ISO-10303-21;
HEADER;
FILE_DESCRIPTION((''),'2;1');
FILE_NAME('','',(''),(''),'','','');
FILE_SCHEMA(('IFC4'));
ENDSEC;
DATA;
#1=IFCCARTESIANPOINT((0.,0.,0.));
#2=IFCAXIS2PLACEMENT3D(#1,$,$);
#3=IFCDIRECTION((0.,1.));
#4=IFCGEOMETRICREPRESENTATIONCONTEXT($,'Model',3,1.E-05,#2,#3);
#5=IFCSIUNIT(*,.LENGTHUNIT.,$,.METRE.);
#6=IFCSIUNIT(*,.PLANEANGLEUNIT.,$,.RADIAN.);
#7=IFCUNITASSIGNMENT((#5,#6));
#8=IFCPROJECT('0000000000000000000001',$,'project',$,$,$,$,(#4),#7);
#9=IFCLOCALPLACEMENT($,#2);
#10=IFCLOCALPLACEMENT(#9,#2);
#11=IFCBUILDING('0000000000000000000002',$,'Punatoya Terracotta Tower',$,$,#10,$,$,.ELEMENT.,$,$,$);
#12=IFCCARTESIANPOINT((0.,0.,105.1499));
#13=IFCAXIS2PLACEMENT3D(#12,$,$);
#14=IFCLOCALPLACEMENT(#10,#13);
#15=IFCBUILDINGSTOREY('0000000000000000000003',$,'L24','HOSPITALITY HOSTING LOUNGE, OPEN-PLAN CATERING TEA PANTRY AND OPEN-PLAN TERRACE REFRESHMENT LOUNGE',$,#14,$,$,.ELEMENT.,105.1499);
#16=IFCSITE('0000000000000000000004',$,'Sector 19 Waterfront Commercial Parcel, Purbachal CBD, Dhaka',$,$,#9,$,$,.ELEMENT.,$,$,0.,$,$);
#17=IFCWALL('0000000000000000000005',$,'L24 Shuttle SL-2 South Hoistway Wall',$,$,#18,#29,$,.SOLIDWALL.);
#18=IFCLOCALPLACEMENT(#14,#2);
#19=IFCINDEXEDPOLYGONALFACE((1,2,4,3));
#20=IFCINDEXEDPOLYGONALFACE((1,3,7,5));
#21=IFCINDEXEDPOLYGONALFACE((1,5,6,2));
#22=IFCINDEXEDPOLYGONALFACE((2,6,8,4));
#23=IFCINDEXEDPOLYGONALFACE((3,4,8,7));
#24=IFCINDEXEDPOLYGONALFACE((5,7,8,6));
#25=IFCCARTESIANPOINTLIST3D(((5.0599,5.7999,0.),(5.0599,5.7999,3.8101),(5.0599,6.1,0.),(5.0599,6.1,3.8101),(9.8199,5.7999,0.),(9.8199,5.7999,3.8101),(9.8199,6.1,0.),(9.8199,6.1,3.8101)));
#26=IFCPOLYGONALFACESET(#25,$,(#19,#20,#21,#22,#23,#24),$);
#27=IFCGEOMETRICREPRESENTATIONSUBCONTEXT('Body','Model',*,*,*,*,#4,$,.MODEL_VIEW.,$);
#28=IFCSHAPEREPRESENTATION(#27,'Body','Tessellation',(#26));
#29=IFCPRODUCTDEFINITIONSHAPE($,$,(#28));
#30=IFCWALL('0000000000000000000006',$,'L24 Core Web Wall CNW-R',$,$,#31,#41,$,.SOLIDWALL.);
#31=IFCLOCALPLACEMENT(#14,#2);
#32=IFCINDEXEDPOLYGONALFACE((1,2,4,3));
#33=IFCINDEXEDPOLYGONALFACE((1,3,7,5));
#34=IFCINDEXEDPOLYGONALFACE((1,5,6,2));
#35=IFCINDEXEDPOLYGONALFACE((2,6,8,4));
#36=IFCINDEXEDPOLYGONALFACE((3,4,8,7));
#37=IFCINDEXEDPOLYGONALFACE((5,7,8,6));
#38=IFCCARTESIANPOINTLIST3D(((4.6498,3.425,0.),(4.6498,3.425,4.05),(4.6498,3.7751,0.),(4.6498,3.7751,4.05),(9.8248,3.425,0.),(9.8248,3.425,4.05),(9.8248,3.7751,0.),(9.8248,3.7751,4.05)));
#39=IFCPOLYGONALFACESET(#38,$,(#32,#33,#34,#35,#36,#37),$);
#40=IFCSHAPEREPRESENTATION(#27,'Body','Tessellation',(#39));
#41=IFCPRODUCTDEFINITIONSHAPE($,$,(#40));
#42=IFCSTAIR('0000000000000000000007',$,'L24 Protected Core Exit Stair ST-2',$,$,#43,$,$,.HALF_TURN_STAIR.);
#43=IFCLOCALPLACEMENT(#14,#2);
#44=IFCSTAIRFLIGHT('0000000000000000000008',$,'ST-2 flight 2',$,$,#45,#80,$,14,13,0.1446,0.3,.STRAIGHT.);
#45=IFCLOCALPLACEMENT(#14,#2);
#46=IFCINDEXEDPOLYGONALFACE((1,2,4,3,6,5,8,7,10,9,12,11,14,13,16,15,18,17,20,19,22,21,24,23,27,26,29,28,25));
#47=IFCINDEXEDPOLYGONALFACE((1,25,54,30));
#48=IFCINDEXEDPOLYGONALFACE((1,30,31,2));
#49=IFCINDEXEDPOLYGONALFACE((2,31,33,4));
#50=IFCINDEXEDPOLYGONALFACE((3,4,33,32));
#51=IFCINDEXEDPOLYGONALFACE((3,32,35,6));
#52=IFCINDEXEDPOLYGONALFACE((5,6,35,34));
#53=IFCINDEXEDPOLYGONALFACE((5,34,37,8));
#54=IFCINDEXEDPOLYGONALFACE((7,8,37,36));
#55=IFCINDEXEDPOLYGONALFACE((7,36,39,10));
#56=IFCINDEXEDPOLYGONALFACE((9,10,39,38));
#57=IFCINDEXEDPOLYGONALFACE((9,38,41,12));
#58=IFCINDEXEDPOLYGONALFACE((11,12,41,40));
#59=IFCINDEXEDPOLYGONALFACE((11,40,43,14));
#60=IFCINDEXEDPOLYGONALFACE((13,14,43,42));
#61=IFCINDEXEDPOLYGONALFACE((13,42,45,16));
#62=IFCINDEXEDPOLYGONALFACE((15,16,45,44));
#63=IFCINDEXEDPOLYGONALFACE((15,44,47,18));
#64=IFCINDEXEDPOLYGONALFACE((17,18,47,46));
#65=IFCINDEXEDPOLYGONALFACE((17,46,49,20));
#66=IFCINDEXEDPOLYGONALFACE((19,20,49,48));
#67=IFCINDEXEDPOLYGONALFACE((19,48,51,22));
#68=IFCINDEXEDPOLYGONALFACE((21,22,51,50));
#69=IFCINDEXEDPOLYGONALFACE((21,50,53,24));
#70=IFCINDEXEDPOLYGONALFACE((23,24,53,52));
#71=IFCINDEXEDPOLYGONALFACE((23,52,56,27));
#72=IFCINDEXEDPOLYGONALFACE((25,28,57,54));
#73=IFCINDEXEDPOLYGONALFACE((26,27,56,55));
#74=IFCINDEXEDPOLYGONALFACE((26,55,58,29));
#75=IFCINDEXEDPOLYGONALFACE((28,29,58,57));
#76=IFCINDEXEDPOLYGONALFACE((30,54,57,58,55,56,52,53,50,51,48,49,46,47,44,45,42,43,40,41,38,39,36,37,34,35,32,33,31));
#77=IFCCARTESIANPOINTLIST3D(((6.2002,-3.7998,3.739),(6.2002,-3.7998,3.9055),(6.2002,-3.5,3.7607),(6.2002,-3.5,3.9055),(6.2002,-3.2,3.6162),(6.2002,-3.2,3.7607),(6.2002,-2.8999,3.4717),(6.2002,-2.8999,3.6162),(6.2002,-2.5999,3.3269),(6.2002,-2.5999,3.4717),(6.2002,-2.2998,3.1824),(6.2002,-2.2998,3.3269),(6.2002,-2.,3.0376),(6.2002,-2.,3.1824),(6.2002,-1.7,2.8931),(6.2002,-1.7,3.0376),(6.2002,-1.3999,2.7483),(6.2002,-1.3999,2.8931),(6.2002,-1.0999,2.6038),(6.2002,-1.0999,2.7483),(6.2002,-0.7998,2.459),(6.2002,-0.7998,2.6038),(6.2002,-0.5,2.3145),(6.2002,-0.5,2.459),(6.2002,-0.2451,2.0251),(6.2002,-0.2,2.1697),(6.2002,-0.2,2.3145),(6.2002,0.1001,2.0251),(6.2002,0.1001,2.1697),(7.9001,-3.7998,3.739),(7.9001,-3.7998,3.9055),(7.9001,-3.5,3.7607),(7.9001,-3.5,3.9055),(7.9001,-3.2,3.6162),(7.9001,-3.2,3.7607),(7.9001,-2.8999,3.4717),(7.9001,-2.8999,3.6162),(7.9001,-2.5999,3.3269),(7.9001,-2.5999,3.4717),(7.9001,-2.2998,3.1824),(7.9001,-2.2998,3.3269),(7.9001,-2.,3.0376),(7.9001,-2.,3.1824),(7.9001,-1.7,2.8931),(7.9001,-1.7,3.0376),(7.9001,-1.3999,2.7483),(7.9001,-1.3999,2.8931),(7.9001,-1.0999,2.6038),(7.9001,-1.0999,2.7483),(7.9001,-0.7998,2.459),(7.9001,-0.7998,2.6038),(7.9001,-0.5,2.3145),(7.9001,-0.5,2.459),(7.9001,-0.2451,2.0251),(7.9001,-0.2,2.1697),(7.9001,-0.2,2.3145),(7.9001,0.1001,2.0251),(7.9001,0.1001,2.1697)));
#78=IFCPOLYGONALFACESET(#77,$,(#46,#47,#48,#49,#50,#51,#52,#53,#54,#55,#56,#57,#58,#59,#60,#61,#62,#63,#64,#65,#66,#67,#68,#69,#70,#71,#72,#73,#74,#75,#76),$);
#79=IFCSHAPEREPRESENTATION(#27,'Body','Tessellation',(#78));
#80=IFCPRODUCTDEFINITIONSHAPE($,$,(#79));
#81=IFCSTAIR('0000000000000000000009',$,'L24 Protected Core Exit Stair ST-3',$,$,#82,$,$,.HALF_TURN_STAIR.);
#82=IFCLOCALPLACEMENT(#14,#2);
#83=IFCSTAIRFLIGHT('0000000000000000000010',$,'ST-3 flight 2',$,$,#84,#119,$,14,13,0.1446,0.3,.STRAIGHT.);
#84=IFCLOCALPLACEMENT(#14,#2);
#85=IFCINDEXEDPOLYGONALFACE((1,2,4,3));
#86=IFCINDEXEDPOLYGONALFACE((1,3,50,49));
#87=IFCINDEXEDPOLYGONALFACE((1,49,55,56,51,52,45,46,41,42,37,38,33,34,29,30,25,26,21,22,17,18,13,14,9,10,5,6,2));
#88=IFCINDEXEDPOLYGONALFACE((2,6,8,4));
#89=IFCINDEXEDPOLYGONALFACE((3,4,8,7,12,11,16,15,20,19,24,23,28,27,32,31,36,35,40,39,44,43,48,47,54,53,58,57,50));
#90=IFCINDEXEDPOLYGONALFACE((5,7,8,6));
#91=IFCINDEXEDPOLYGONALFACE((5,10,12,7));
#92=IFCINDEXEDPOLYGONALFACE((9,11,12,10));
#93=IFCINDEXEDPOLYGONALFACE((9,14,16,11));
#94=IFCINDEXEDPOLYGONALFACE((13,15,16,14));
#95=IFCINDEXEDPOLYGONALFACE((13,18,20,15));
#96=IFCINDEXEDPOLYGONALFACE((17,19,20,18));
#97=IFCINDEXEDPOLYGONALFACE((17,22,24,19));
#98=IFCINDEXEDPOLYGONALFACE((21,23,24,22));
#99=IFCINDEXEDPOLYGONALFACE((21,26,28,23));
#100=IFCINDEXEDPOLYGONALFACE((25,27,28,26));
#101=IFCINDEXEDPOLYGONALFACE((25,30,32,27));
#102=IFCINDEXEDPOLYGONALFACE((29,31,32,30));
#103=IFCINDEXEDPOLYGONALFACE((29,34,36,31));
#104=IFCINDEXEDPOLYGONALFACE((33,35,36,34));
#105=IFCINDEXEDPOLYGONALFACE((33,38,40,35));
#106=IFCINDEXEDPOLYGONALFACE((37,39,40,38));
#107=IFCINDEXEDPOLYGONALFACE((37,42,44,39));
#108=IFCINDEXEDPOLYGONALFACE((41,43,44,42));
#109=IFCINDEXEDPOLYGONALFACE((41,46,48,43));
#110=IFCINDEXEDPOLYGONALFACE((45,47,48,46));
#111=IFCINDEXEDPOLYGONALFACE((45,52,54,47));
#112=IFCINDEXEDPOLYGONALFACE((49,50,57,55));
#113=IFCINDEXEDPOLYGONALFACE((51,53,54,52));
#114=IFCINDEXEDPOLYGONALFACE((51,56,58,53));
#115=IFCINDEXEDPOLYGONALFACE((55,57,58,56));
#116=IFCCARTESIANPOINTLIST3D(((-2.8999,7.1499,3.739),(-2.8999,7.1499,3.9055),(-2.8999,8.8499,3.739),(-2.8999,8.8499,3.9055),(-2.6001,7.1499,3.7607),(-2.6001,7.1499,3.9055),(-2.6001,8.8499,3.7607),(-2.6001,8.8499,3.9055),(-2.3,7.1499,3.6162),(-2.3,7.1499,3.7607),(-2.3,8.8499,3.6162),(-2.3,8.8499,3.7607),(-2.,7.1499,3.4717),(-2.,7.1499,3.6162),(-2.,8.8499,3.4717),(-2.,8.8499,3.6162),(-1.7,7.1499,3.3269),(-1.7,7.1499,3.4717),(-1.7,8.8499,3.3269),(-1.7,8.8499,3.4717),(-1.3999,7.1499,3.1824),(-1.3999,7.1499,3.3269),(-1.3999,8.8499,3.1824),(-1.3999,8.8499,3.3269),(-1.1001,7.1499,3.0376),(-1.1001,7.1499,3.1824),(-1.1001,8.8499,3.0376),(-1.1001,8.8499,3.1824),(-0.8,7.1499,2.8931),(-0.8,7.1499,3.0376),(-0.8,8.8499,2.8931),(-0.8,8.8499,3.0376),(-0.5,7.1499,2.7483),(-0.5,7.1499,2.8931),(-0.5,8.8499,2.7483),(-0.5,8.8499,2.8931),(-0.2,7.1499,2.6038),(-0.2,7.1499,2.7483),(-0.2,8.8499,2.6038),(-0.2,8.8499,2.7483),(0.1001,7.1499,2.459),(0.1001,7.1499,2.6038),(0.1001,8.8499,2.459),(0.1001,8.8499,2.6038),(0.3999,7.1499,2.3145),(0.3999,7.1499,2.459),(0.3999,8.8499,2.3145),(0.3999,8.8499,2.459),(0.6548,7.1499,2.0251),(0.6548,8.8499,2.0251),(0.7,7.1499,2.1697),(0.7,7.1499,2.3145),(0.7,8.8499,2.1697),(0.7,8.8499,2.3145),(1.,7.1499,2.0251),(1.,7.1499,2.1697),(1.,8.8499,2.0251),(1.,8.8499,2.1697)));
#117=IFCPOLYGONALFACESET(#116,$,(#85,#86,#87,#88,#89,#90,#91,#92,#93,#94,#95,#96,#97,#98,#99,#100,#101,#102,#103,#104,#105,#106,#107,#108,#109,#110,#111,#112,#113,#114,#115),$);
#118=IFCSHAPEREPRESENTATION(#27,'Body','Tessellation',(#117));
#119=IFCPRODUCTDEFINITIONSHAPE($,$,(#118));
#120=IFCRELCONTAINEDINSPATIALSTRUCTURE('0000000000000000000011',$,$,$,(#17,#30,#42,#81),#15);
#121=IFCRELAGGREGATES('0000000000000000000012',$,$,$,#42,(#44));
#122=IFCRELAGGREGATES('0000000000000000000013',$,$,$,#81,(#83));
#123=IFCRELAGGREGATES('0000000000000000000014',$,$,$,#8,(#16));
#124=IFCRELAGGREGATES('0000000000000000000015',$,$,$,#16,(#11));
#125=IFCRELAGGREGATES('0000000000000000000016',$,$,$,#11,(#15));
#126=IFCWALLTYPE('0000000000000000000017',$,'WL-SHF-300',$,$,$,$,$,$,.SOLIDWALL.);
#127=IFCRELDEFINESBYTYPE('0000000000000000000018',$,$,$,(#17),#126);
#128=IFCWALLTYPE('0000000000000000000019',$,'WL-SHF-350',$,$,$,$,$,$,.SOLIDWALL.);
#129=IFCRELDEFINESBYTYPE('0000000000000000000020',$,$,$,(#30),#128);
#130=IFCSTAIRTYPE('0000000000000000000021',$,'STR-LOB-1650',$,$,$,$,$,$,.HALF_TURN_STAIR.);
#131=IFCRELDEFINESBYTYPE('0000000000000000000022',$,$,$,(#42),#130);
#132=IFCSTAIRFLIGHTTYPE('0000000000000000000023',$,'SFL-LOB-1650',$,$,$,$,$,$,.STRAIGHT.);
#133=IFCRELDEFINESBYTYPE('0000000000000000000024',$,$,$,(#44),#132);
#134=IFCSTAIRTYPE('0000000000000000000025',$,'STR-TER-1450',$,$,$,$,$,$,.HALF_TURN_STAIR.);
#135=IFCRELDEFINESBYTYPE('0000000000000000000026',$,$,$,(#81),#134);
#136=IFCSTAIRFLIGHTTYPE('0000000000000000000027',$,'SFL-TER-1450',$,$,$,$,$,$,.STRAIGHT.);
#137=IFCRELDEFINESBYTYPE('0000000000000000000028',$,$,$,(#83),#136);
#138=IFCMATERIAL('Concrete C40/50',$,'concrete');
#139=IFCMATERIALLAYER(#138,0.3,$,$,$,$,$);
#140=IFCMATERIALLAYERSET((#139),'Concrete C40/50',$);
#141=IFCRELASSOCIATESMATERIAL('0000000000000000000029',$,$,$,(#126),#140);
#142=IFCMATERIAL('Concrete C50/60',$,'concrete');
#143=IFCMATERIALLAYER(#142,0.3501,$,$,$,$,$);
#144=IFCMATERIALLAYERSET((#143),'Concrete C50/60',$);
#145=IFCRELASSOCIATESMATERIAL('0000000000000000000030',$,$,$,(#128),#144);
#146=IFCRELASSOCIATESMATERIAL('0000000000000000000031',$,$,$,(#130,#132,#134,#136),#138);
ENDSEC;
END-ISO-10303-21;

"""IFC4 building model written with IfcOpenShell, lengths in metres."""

from ifc_helpers import new_model, si_unit, direction, frame, frame_2d, origin, place, context, subcontext, project, spatial, polyline, rectangle, outline, extrude, material, layer, layer_set, type_object, element, aggregate, save


model = new_model("IFC4")

# Units and contexts
model_context = context("Model", 3, precision=1e-05, world=origin(), true_north=direction((0.0, 1.0)))
body_context = subcontext(model_context, "Body", "Model", "MODEL_VIEW")
ifc_project = project(units=[si_unit("LENGTHUNIT", "METRE"), si_unit("PLANEANGLEUNIT", "RADIAN")], contexts=[model_context])

# Site, building, storey
site_placement = place(None, origin())
site = spatial("IfcSite", under=ifc_project, at=site_placement, Name="Sector 19 Waterfront Commercial Parcel, Purbachal CBD, Dhaka", CompositionType="ELEMENT", RefElevation=0.0)
building_placement = place(site_placement, origin())
building = spatial("IfcBuilding", under=site, at=building_placement, Name="Punatoya Terracotta Tower", CompositionType="ELEMENT")
storey_placement = place(building_placement, frame((0.0, 0.0, 105.1499)))
storey = spatial("IfcBuildingStorey", under=building, at=storey_placement, Name="L24", Description="HOSPITALITY HOSTING LOUNGE, OPEN-PLAN CATERING TEA PANTRY AND OPEN-PLAN TERRACE REFRESHMENT LOUNGE", CompositionType="ELEMENT", Elevation=105.1499)

# Walls
ifc_material_1 = material(Name="Concrete C40/50", Category="concrete")
ifc_layer_1 = layer(ifc_material_1, 0.3)
ifc_layer_set_1 = layer_set([ifc_layer_1], Name="Concrete C40/50")
wall_type_1 = type_object("IfcWallType", Name="WL-SHF-300", PredefinedType="SOLIDWALL", material=ifc_layer_set_1)
wall_1_placement = place(storey_placement, frame((5.0601, 5.95, 0.0), z_axis=(0.0, 0.0, 1.0), x_axis=(1.0, 0.0, 0.0)))
element("IfcWall", 1, at=wall_1_placement, inside=storey, type_object=wall_type_1, Name="L24 Shuttle SL-2 South Hoistway Wall", PredefinedType="SOLIDWALL", context=body_context, shape_type="SweptSolid", body=[
    extrude(rectangle(XDim=4.76, YDim=0.3, at=frame_2d((2.3799, 0.0))), origin(), (0.0, 0.0, 1.0), 3.8101),
])
ifc_material_2 = material(Name="Concrete C50/60", Category="concrete")
ifc_layer_2 = layer(ifc_material_2, 0.3501)
ifc_layer_set_2 = layer_set([ifc_layer_2], Name="Concrete C50/60")
wall_type_2 = type_object("IfcWallType", Name="WL-SHF-350", PredefinedType="SOLIDWALL", material=ifc_layer_set_2)
wall_2_placement = place(storey_placement, frame((4.6499, 3.6001, 0.0), z_axis=(0.0, 0.0, 1.0), x_axis=(1.0, 0.0, 0.0)))
element("IfcWall", 2, at=wall_2_placement, inside=storey, type_object=wall_type_2, Name="L24 Core Web Wall CNW-R", PredefinedType="SOLIDWALL", context=body_context, shape_type="SweptSolid", body=[
    extrude(rectangle(XDim=5.175, YDim=0.3501, at=frame_2d((2.5874, 0.0))), origin(), (0.0, 0.0, 1.0), 4.05),
])

# Stairs, stair flights
stair_type_1 = type_object("IfcStairType", Name="STR-LOB-1650", PredefinedType="HALF_TURN_STAIR", material=ifc_material_1)
stair_1_placement = place(storey_placement, origin())
stair_1 = element("IfcStair", 3, at=stair_1_placement, inside=storey, type_object=stair_type_1, Name="L24 Protected Core Exit Stair ST-2", PredefinedType="HALF_TURN_STAIR")
stair_flight_type_1 = type_object("IfcStairFlightType", Name="SFL-LOB-1650", PredefinedType="STRAIGHT", material=ifc_material_1)
stair_flight_1_placement = place(storey_placement, frame((7.05, 0.1001, 2.0251), z_axis=(0.0, 0.0, 1.0), x_axis=(0.0, -1.0, 0.0)))
stair_flight_1 = element("IfcStairFlight", 4, at=stair_flight_1_placement, type_object=stair_flight_type_1, Name="ST-2 flight 2", NumberOfRisers=14, NumberOfTreads=13, PredefinedType="STRAIGHT", RiserHeight=0.1446, TreadLength=0.3, context=body_context, shape_type="SweptSolid", body=[
    extrude(outline(polyline([(0.0, 0.0), (0.0, 0.1445), (0.3, 0.1445), (0.3, 0.2893), (0.6001, 0.2893), (0.6001, 0.4338), (0.8999, 0.4338), (0.8999, 0.5786), (1.2, 0.5786), (1.2, 0.7231), (1.5, 0.7231), (1.5, 0.8679), (1.8, 0.8679), (1.8, 1.0125), (2.1001, 1.0125), (2.1001, 1.1572), (2.3999, 1.1572), (2.3999, 1.3018), (2.7, 1.3018), (2.7, 1.4465), (3.0, 1.4465), (3.0, 1.5911), (3.3, 1.5911), (3.3, 1.7356), (3.6001, 1.7356), (3.6001, 1.8804), (3.8999, 1.8804), (3.8999, 2.0249), (3.8999, 1.7139), (0.3452, 0.0), (0.0, 0.0)])), frame((0.0, 0.8501, 0.0), z_axis=(0.0, -1.0, 0.0), x_axis=(1.0, 0.0, 0.0)), (0.0, 0.0, 1.0), 1.7),
])
aggregate(stair_1, [stair_flight_1])
stair_type_2 = type_object("IfcStairType", Name="STR-TER-1450", PredefinedType="HALF_TURN_STAIR", material=ifc_material_1)
stair_2_placement = place(storey_placement, origin())
stair_2 = element("IfcStair", 5, at=stair_2_placement, inside=storey, type_object=stair_type_2, Name="L24 Protected Core Exit Stair ST-3", PredefinedType="HALF_TURN_STAIR")
stair_flight_type_2 = type_object("IfcStairFlightType", Name="SFL-TER-1450", PredefinedType="STRAIGHT", material=ifc_material_1)
stair_flight_2_placement = place(storey_placement, frame((1.0, 8.0, 2.0251), z_axis=(0.0, 0.0, 1.0), x_axis=(-1.0, 0.0, 0.0)))
stair_flight_2 = element("IfcStairFlight", 6, at=stair_flight_2_placement, type_object=stair_flight_type_2, Name="ST-3 flight 2", NumberOfRisers=14, NumberOfTreads=13, PredefinedType="STRAIGHT", RiserHeight=0.1446, TreadLength=0.3, context=body_context, shape_type="SweptSolid", body=[
    extrude(outline(polyline([(0.0, 0.0), (0.0, 0.1445), (0.3, 0.1445), (0.3, 0.2893), (0.6001, 0.2893), (0.6001, 0.4338), (0.8999, 0.4338), (0.8999, 0.5786), (1.2, 0.5786), (1.2, 0.7231), (1.5, 0.7231), (1.5, 0.8679), (1.8, 0.8679), (1.8, 1.0125), (2.1001, 1.0125), (2.1001, 1.1572), (2.3999, 1.1572), (2.3999, 1.3018), (2.7, 1.3018), (2.7, 1.4465), (3.0, 1.4465), (3.0, 1.5911), (3.3, 1.5911), (3.3, 1.7356), (3.6001, 1.7356), (3.6001, 1.8804), (3.8999, 1.8804), (3.8999, 2.0249), (3.8999, 1.7139), (0.3452, 0.0), (0.0, 0.0)])), frame((0.0, 0.8501, 0.0), z_axis=(0.0, -1.0, 0.0), x_axis=(1.0, 0.0, 0.0)), (0.0, 0.0, 1.0), 1.7),
])
aggregate(stair_2, [stair_flight_2])

save(model, "model.ifc")
